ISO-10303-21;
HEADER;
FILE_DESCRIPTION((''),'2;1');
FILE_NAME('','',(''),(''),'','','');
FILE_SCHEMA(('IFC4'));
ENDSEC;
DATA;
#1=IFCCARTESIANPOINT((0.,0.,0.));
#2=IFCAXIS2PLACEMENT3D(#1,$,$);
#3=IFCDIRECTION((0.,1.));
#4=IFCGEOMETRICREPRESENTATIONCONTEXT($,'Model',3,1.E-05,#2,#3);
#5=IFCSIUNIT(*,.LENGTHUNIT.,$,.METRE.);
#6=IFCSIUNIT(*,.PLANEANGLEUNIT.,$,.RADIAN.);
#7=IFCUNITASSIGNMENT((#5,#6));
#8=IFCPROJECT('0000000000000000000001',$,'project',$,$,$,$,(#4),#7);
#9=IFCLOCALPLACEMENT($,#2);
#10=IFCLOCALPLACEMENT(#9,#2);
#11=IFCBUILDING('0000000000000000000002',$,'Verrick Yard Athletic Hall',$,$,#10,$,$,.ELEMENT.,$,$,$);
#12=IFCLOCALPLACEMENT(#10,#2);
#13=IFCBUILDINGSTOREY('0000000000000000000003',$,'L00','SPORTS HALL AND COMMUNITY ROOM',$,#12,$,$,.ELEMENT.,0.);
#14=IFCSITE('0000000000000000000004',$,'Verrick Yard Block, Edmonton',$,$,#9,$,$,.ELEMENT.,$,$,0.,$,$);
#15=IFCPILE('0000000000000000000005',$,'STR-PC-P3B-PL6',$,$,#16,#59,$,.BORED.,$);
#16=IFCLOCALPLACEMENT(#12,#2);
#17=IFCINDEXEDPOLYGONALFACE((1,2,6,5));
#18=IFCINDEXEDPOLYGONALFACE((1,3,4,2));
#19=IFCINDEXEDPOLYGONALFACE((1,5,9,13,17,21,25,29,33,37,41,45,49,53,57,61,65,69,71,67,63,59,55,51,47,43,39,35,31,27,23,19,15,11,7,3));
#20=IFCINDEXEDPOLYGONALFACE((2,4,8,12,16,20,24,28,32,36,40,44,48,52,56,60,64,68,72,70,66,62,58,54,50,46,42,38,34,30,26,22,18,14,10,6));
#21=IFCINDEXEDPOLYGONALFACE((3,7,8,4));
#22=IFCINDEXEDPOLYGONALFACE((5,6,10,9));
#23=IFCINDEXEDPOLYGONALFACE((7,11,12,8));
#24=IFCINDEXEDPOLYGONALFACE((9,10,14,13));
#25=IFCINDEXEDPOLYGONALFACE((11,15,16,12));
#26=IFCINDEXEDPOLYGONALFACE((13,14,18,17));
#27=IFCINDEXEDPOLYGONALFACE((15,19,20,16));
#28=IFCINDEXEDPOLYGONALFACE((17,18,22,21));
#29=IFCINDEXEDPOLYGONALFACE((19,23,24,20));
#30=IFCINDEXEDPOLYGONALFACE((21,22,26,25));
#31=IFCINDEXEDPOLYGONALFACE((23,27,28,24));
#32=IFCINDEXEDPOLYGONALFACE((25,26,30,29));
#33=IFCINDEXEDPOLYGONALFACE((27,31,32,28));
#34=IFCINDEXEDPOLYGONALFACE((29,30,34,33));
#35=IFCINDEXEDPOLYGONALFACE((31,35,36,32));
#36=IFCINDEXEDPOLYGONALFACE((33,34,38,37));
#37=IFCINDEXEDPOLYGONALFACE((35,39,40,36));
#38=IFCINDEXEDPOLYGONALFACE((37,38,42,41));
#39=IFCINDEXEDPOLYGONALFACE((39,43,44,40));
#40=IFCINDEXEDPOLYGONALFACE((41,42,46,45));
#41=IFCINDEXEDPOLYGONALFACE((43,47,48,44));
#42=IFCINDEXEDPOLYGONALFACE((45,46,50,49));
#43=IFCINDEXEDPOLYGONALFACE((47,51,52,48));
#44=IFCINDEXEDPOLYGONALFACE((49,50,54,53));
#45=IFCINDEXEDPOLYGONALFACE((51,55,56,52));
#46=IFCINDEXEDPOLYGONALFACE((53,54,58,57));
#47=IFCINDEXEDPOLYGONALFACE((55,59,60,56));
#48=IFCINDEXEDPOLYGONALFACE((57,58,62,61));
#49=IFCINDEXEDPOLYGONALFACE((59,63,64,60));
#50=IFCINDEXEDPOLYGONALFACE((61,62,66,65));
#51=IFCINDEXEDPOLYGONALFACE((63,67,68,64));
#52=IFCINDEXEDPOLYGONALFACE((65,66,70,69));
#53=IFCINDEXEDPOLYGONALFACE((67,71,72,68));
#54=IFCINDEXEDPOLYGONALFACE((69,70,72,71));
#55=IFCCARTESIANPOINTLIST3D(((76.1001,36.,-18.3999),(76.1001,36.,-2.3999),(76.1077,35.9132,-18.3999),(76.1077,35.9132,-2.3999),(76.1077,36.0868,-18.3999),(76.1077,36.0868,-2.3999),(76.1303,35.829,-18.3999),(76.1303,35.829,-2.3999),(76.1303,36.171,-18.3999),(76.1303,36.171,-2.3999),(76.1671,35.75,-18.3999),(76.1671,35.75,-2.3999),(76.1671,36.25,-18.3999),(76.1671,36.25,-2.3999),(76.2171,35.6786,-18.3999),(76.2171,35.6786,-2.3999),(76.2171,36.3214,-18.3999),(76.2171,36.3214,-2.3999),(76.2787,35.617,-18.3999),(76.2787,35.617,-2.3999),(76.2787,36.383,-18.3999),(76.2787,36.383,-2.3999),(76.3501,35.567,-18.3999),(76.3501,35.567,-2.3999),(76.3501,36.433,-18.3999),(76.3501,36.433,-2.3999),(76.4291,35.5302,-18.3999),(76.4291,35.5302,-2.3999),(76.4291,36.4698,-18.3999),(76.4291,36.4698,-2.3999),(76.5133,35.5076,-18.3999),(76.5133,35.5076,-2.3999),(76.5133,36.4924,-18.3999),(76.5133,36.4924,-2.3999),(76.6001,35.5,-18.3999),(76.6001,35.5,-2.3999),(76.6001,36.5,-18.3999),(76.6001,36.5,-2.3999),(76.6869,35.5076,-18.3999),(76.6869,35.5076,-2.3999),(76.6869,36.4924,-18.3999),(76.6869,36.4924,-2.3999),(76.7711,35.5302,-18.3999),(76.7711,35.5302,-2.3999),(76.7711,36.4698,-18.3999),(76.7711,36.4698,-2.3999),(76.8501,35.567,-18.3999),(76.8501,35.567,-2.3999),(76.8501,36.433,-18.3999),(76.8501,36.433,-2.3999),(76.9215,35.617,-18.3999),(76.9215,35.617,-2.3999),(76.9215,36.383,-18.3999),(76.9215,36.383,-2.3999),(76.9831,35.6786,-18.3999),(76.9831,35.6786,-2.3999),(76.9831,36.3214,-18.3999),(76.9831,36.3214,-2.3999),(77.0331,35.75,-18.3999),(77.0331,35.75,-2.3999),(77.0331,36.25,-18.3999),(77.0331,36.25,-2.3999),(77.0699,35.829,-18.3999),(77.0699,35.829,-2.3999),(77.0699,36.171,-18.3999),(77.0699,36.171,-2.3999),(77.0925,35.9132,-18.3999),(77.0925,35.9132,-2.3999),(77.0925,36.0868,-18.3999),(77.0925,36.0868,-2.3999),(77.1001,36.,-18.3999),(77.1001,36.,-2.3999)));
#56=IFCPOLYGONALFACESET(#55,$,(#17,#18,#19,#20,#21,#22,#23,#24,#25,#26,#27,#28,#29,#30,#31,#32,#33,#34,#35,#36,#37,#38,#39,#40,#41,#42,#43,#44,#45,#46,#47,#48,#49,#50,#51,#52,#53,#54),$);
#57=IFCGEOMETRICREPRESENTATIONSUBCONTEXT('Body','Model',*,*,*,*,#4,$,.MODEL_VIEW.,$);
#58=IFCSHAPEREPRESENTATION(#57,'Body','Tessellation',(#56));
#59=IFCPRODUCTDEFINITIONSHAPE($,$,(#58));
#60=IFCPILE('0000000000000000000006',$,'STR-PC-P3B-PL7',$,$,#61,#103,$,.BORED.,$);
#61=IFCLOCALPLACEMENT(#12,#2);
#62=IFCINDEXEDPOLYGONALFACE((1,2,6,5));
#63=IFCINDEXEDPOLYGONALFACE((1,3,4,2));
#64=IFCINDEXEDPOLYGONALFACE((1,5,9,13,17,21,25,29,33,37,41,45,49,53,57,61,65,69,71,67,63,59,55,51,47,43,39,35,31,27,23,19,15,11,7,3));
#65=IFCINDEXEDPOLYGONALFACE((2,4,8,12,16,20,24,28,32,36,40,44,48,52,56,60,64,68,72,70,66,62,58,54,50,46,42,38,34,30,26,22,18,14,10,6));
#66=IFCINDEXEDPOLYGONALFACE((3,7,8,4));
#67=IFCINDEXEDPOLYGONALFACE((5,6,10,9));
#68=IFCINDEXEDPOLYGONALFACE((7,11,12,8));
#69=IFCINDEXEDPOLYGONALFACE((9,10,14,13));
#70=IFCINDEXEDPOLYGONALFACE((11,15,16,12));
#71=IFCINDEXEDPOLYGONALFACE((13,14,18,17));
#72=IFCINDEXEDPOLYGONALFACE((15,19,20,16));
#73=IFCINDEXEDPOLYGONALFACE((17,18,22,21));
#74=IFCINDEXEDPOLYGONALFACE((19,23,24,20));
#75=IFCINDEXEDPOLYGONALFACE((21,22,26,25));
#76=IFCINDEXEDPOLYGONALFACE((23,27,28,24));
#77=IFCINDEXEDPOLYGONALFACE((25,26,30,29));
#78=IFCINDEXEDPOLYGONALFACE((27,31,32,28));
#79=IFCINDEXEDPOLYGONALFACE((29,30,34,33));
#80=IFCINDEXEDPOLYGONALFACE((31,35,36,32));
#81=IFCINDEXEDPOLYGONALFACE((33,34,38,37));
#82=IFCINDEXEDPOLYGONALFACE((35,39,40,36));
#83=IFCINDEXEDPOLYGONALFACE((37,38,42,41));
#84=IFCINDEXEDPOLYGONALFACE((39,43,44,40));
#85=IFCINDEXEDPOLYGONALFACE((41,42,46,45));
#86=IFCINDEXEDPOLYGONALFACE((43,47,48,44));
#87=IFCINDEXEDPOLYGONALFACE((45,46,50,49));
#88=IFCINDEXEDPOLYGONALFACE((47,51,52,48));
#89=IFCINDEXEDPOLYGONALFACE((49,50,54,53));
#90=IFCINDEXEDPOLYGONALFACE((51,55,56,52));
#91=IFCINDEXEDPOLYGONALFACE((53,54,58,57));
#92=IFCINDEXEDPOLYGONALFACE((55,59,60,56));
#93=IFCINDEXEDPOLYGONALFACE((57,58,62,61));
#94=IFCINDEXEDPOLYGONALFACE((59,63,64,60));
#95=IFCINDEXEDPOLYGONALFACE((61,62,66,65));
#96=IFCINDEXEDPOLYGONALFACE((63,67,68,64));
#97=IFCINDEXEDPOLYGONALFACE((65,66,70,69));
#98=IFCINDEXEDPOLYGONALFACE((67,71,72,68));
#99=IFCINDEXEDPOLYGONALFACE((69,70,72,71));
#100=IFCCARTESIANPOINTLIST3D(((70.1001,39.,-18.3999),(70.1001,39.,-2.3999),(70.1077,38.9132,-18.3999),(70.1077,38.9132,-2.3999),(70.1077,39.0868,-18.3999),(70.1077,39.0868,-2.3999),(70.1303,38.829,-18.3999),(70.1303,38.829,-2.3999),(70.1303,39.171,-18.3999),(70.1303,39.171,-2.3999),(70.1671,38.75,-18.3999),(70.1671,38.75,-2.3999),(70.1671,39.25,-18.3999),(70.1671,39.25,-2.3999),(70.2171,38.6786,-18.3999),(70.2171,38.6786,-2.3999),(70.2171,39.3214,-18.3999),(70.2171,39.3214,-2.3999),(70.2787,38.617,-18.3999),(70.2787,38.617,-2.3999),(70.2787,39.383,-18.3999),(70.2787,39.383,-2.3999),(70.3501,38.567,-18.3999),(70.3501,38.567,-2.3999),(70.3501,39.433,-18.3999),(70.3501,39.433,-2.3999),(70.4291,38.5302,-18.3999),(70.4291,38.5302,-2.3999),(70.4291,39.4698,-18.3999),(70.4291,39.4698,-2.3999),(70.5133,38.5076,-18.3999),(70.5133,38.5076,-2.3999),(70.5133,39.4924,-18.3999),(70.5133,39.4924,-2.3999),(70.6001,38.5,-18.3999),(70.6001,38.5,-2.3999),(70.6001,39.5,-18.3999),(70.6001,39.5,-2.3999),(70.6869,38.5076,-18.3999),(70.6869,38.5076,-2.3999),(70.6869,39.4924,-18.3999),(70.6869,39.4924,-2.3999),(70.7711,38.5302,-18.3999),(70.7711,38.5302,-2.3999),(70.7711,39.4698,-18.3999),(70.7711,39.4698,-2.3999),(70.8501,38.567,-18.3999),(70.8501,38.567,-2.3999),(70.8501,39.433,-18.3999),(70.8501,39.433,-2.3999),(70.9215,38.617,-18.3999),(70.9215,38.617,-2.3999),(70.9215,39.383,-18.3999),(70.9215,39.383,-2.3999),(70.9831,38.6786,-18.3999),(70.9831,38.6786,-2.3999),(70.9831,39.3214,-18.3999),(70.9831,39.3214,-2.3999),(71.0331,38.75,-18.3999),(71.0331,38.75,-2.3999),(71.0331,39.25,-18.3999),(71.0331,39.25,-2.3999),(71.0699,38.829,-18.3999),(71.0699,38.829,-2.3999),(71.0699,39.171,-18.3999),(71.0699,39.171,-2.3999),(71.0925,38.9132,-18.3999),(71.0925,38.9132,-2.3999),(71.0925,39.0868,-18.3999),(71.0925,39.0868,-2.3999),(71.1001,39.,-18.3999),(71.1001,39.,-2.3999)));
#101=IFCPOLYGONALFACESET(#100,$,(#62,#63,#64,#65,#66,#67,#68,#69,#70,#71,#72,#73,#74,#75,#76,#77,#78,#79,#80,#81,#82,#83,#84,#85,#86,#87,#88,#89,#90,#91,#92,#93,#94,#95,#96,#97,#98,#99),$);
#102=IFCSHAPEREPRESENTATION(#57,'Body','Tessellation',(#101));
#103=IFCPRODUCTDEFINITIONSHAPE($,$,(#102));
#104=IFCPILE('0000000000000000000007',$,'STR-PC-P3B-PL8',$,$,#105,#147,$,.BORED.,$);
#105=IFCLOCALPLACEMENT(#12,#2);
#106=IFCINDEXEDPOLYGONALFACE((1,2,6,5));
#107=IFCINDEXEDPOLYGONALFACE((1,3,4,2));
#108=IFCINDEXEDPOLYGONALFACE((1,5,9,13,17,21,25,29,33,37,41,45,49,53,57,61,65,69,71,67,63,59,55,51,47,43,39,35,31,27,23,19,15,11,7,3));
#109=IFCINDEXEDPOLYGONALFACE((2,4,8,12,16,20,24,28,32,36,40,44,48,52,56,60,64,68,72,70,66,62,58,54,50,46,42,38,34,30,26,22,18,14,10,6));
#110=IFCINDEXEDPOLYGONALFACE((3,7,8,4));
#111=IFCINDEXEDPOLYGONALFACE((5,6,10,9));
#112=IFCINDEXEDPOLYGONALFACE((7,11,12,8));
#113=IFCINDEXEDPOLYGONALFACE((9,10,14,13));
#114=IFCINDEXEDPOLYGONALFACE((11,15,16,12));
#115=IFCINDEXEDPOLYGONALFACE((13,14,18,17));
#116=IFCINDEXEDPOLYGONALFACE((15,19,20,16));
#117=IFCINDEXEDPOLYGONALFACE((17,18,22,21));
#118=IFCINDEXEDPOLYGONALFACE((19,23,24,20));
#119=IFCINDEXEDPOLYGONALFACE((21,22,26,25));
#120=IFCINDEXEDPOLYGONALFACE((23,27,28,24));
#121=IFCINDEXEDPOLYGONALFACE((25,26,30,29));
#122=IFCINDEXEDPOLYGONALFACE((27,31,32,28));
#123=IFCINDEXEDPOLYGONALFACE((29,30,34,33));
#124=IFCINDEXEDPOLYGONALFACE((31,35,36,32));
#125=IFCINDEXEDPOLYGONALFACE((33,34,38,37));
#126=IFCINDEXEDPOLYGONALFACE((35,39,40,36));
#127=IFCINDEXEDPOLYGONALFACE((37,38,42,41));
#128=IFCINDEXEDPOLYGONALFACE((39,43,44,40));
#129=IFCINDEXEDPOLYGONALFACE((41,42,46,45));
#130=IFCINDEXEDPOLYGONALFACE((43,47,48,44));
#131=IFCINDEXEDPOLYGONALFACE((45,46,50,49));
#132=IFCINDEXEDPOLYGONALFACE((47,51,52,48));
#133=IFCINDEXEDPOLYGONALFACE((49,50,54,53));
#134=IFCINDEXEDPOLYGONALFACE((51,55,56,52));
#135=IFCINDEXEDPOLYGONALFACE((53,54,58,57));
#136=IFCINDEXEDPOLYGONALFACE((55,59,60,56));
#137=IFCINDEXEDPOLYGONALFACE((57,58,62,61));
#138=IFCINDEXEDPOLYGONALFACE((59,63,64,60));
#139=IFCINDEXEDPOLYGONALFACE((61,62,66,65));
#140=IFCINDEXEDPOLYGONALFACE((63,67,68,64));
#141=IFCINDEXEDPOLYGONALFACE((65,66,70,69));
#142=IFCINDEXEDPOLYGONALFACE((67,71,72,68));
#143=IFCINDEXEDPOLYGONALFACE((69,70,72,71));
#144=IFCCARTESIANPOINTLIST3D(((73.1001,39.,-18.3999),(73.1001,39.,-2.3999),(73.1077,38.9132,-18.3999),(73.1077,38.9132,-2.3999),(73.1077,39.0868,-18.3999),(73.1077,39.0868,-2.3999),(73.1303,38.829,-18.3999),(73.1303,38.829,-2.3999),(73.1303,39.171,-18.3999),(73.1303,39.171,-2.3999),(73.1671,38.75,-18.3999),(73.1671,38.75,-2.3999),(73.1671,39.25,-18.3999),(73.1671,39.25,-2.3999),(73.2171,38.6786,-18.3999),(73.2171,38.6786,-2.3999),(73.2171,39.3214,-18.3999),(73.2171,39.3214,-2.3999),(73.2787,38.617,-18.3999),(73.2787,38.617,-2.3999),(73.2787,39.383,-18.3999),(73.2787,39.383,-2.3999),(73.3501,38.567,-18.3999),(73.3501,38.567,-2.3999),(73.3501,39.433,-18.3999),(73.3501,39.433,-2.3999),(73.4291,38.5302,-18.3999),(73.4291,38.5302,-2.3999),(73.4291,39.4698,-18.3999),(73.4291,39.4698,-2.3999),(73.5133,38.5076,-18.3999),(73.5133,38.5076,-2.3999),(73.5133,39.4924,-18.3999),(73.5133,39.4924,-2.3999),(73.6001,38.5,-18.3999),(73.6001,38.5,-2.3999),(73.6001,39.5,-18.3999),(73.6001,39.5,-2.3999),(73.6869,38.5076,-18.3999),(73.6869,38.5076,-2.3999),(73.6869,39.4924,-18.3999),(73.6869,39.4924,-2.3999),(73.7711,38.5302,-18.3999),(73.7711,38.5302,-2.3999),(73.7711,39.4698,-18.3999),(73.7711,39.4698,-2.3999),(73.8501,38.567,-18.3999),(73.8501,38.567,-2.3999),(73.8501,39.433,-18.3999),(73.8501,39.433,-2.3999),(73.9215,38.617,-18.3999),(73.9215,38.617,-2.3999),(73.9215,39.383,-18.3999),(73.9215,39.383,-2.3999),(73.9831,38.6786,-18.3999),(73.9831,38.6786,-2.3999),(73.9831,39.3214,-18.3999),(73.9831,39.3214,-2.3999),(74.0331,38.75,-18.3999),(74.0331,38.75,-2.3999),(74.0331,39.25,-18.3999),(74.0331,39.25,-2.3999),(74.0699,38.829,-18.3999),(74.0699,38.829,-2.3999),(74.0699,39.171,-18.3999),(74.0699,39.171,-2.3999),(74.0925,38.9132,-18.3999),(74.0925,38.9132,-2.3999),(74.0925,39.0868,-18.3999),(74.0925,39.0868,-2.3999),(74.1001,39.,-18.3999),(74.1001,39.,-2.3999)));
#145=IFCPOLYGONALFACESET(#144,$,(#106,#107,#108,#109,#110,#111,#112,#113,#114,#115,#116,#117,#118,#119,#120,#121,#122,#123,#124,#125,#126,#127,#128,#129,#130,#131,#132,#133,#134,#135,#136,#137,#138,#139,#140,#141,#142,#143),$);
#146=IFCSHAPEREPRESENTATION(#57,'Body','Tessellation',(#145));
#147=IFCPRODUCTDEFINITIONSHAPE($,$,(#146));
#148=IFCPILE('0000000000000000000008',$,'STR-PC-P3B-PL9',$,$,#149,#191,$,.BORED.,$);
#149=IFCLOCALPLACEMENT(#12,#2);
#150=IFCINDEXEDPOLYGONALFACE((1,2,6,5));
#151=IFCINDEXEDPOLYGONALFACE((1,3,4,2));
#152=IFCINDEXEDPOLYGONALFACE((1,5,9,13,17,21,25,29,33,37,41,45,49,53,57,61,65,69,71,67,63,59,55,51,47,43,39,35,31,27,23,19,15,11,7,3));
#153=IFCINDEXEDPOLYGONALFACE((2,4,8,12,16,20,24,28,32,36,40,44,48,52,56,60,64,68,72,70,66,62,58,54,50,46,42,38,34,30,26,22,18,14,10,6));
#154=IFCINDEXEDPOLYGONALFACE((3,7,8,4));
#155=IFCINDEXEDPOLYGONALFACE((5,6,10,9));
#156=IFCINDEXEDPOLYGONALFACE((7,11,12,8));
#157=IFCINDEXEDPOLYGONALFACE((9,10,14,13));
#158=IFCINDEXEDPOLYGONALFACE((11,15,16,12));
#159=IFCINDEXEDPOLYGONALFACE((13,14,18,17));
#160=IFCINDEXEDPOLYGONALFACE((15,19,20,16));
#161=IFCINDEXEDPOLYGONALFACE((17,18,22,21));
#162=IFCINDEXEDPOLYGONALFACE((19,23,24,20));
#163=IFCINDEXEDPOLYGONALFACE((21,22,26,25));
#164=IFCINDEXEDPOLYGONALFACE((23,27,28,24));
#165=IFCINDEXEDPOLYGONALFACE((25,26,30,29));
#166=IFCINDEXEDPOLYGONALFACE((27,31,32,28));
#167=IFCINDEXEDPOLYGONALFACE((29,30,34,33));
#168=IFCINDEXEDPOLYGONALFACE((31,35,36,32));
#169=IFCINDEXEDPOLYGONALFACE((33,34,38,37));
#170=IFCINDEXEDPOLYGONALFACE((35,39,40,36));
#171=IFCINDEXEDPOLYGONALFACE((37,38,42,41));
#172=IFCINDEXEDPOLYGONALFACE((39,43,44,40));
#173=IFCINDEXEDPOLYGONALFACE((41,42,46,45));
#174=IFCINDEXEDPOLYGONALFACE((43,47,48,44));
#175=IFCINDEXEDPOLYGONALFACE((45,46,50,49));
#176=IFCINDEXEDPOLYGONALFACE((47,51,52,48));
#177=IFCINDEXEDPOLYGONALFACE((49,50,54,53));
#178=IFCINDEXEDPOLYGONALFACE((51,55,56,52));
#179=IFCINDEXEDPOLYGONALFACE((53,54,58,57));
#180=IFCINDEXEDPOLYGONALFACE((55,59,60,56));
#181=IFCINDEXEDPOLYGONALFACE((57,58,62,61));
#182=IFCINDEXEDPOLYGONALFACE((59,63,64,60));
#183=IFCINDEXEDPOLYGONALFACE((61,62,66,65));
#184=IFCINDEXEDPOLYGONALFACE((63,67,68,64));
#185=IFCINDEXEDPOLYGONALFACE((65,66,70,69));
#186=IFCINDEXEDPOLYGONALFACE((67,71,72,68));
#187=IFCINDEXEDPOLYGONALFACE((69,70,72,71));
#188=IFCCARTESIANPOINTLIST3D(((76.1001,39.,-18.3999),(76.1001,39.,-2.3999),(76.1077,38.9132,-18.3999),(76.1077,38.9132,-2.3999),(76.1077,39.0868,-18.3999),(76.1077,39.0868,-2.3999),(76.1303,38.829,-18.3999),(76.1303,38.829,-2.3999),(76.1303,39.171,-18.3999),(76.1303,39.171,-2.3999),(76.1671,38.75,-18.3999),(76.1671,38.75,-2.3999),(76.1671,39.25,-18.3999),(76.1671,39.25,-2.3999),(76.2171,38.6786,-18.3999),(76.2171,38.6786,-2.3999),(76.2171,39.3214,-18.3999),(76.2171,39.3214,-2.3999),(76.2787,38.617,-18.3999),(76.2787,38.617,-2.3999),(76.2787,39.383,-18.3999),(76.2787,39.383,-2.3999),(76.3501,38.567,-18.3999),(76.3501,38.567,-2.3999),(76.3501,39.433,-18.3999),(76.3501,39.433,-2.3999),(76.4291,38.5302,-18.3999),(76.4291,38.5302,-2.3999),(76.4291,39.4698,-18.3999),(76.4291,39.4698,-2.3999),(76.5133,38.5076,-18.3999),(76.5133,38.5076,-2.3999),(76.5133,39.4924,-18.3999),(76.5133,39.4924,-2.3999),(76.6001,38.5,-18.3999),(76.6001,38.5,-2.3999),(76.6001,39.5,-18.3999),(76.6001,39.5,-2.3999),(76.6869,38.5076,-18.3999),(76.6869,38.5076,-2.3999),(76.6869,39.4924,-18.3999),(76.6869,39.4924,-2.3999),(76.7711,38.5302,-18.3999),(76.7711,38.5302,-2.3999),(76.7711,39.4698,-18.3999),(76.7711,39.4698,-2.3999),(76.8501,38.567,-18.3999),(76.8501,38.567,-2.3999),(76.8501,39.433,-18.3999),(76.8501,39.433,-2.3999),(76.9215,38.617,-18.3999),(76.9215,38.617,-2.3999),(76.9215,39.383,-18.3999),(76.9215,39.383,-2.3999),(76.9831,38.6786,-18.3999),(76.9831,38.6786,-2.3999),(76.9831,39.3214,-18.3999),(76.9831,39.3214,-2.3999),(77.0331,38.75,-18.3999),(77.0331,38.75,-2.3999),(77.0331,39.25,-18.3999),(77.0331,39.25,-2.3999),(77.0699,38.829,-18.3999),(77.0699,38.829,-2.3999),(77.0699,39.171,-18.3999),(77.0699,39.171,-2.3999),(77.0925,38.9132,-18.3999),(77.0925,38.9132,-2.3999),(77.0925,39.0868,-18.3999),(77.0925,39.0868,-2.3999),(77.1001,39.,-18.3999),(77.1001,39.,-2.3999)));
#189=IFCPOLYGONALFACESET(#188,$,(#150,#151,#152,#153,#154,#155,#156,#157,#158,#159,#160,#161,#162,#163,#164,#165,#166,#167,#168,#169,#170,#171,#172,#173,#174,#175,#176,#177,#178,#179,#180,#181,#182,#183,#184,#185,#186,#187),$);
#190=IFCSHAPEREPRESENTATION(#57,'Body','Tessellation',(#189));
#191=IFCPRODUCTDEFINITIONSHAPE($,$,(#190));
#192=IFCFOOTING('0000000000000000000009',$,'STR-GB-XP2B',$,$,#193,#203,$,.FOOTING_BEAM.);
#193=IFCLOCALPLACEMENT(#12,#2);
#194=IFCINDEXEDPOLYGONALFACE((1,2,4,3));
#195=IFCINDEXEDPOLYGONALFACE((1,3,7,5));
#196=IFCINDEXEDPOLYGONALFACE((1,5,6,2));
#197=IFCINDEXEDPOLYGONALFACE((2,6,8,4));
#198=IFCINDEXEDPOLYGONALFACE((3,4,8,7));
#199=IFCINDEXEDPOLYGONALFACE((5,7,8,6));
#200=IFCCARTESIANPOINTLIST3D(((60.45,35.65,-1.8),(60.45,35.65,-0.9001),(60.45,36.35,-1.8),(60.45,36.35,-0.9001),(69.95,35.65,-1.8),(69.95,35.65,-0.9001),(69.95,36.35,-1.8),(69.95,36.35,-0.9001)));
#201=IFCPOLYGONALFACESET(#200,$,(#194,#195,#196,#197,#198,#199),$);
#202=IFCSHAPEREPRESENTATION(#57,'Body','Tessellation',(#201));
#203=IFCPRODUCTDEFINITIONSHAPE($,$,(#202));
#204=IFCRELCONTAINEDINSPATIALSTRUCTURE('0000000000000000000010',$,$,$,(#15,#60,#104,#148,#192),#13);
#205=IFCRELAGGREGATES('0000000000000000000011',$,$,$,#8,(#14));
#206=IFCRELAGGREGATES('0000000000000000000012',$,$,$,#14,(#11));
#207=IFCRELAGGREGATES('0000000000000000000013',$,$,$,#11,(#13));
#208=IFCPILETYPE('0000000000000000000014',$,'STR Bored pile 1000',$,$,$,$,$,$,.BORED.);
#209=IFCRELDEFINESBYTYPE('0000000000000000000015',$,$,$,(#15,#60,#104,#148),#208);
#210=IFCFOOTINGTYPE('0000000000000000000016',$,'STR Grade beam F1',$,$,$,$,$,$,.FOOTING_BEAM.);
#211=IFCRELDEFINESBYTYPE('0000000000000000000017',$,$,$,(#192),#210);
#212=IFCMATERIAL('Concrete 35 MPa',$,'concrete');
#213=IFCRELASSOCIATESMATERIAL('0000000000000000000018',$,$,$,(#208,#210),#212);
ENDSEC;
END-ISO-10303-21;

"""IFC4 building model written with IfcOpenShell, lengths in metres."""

from ifc_helpers import new_model, si_unit, direction, frame, origin, origin_2d, place, context, subcontext, project, spatial, rectangle, circle, extrude, material, material_profile, profile_set, type_object, element, save


model = new_model("IFC4")

# Units and contexts
model_context = context("Model", 3, precision=1e-05, world=origin(), true_north=direction((0.0, 1.0)))
body_context = subcontext(model_context, "Body", "Model", "MODEL_VIEW")
ifc_project = project(units=[si_unit("LENGTHUNIT", "METRE"), si_unit("PLANEANGLEUNIT", "RADIAN")], contexts=[model_context])

# Site, building, storey
site_placement = place(None, origin())
site = spatial("IfcSite", under=ifc_project, at=site_placement, Name="Verrick Yard Block, Edmonton", CompositionType="ELEMENT", RefElevation=0.0)
building_placement = place(site_placement, origin())
building = spatial("IfcBuilding", under=site, at=building_placement, Name="Verrick Yard Athletic Hall", CompositionType="ELEMENT")
storey_placement = place(building_placement, origin())
storey = spatial("IfcBuildingStorey", under=building, at=storey_placement, Name="L00", Description="SPORTS HALL AND COMMUNITY ROOM", CompositionType="ELEMENT", Elevation=0.0)

# Piles
ifc_material_1 = material(Name="Concrete 35 MPa", Category="concrete")
pile_type = type_object("IfcPileType", Name="STR Bored pile 1000", PredefinedType="BORED", material=ifc_material_1)
for number, where, z_axis, x_axis, name in (
    (1, (76.6001, 36.0, -2.3999), (0.0, 0.0, -1.0), (1.0, 0.0, 0.0), "STR-PC-P3B-PL6"),
    (2, (70.6001, 39.0, -2.3999), (0.0, 0.0, -1.0), (1.0, 0.0, 0.0), "STR-PC-P3B-PL7"),
    (3, (73.6001, 39.0, -2.3999), (0.0, 0.0, -1.0), (1.0, 0.0, 0.0), "STR-PC-P3B-PL8"),
    (4, (76.6001, 39.0, -2.3999), (0.0, 0.0, -1.0), (1.0, 0.0, 0.0), "STR-PC-P3B-PL9"),
):
    element("IfcPile", number, at=place(storey_placement, frame(where, z_axis=z_axis, x_axis=x_axis)), inside=storey, type_object=pile_type, Name=name, PredefinedType="BORED", context=body_context, shape_type="SweptSolid", body=[
        extrude(circle(Radius=0.5, at=origin_2d()), origin(), (0.0, 0.0, 1.0), 16.0),
    ])

# Footing
ifc_material_profile_1 = material_profile(ifc_material_1, rectangle(XDim=0.7, YDim=0.8999, at=origin_2d()), Name="STR Grade beam F1")
ifc_profile_set_1 = profile_set([ifc_material_profile_1], Name="Concrete 35 MPa")
footing_type = type_object("IfcFootingType", Name="STR Grade beam F1", PredefinedType="FOOTING_BEAM", material=ifc_profile_set_1)
footing_placement = place(storey_placement, frame((60.45, 36.0, -1.3501), z_axis=(1.0, 0.0, 0.0), x_axis=(0.0, 1.0, 0.0)))
element("IfcFooting", 5, at=footing_placement, inside=storey, type_object=footing_type, Name="STR-GB-XP2B", PredefinedType="FOOTING_BEAM", context=body_context, shape_type="SweptSolid", body=[
    extrude(rectangle(XDim=0.7, YDim=0.8999, at=origin_2d()), origin(), (0.0, 0.0, 1.0), 9.5),
])

save(model, "model.ifc")
